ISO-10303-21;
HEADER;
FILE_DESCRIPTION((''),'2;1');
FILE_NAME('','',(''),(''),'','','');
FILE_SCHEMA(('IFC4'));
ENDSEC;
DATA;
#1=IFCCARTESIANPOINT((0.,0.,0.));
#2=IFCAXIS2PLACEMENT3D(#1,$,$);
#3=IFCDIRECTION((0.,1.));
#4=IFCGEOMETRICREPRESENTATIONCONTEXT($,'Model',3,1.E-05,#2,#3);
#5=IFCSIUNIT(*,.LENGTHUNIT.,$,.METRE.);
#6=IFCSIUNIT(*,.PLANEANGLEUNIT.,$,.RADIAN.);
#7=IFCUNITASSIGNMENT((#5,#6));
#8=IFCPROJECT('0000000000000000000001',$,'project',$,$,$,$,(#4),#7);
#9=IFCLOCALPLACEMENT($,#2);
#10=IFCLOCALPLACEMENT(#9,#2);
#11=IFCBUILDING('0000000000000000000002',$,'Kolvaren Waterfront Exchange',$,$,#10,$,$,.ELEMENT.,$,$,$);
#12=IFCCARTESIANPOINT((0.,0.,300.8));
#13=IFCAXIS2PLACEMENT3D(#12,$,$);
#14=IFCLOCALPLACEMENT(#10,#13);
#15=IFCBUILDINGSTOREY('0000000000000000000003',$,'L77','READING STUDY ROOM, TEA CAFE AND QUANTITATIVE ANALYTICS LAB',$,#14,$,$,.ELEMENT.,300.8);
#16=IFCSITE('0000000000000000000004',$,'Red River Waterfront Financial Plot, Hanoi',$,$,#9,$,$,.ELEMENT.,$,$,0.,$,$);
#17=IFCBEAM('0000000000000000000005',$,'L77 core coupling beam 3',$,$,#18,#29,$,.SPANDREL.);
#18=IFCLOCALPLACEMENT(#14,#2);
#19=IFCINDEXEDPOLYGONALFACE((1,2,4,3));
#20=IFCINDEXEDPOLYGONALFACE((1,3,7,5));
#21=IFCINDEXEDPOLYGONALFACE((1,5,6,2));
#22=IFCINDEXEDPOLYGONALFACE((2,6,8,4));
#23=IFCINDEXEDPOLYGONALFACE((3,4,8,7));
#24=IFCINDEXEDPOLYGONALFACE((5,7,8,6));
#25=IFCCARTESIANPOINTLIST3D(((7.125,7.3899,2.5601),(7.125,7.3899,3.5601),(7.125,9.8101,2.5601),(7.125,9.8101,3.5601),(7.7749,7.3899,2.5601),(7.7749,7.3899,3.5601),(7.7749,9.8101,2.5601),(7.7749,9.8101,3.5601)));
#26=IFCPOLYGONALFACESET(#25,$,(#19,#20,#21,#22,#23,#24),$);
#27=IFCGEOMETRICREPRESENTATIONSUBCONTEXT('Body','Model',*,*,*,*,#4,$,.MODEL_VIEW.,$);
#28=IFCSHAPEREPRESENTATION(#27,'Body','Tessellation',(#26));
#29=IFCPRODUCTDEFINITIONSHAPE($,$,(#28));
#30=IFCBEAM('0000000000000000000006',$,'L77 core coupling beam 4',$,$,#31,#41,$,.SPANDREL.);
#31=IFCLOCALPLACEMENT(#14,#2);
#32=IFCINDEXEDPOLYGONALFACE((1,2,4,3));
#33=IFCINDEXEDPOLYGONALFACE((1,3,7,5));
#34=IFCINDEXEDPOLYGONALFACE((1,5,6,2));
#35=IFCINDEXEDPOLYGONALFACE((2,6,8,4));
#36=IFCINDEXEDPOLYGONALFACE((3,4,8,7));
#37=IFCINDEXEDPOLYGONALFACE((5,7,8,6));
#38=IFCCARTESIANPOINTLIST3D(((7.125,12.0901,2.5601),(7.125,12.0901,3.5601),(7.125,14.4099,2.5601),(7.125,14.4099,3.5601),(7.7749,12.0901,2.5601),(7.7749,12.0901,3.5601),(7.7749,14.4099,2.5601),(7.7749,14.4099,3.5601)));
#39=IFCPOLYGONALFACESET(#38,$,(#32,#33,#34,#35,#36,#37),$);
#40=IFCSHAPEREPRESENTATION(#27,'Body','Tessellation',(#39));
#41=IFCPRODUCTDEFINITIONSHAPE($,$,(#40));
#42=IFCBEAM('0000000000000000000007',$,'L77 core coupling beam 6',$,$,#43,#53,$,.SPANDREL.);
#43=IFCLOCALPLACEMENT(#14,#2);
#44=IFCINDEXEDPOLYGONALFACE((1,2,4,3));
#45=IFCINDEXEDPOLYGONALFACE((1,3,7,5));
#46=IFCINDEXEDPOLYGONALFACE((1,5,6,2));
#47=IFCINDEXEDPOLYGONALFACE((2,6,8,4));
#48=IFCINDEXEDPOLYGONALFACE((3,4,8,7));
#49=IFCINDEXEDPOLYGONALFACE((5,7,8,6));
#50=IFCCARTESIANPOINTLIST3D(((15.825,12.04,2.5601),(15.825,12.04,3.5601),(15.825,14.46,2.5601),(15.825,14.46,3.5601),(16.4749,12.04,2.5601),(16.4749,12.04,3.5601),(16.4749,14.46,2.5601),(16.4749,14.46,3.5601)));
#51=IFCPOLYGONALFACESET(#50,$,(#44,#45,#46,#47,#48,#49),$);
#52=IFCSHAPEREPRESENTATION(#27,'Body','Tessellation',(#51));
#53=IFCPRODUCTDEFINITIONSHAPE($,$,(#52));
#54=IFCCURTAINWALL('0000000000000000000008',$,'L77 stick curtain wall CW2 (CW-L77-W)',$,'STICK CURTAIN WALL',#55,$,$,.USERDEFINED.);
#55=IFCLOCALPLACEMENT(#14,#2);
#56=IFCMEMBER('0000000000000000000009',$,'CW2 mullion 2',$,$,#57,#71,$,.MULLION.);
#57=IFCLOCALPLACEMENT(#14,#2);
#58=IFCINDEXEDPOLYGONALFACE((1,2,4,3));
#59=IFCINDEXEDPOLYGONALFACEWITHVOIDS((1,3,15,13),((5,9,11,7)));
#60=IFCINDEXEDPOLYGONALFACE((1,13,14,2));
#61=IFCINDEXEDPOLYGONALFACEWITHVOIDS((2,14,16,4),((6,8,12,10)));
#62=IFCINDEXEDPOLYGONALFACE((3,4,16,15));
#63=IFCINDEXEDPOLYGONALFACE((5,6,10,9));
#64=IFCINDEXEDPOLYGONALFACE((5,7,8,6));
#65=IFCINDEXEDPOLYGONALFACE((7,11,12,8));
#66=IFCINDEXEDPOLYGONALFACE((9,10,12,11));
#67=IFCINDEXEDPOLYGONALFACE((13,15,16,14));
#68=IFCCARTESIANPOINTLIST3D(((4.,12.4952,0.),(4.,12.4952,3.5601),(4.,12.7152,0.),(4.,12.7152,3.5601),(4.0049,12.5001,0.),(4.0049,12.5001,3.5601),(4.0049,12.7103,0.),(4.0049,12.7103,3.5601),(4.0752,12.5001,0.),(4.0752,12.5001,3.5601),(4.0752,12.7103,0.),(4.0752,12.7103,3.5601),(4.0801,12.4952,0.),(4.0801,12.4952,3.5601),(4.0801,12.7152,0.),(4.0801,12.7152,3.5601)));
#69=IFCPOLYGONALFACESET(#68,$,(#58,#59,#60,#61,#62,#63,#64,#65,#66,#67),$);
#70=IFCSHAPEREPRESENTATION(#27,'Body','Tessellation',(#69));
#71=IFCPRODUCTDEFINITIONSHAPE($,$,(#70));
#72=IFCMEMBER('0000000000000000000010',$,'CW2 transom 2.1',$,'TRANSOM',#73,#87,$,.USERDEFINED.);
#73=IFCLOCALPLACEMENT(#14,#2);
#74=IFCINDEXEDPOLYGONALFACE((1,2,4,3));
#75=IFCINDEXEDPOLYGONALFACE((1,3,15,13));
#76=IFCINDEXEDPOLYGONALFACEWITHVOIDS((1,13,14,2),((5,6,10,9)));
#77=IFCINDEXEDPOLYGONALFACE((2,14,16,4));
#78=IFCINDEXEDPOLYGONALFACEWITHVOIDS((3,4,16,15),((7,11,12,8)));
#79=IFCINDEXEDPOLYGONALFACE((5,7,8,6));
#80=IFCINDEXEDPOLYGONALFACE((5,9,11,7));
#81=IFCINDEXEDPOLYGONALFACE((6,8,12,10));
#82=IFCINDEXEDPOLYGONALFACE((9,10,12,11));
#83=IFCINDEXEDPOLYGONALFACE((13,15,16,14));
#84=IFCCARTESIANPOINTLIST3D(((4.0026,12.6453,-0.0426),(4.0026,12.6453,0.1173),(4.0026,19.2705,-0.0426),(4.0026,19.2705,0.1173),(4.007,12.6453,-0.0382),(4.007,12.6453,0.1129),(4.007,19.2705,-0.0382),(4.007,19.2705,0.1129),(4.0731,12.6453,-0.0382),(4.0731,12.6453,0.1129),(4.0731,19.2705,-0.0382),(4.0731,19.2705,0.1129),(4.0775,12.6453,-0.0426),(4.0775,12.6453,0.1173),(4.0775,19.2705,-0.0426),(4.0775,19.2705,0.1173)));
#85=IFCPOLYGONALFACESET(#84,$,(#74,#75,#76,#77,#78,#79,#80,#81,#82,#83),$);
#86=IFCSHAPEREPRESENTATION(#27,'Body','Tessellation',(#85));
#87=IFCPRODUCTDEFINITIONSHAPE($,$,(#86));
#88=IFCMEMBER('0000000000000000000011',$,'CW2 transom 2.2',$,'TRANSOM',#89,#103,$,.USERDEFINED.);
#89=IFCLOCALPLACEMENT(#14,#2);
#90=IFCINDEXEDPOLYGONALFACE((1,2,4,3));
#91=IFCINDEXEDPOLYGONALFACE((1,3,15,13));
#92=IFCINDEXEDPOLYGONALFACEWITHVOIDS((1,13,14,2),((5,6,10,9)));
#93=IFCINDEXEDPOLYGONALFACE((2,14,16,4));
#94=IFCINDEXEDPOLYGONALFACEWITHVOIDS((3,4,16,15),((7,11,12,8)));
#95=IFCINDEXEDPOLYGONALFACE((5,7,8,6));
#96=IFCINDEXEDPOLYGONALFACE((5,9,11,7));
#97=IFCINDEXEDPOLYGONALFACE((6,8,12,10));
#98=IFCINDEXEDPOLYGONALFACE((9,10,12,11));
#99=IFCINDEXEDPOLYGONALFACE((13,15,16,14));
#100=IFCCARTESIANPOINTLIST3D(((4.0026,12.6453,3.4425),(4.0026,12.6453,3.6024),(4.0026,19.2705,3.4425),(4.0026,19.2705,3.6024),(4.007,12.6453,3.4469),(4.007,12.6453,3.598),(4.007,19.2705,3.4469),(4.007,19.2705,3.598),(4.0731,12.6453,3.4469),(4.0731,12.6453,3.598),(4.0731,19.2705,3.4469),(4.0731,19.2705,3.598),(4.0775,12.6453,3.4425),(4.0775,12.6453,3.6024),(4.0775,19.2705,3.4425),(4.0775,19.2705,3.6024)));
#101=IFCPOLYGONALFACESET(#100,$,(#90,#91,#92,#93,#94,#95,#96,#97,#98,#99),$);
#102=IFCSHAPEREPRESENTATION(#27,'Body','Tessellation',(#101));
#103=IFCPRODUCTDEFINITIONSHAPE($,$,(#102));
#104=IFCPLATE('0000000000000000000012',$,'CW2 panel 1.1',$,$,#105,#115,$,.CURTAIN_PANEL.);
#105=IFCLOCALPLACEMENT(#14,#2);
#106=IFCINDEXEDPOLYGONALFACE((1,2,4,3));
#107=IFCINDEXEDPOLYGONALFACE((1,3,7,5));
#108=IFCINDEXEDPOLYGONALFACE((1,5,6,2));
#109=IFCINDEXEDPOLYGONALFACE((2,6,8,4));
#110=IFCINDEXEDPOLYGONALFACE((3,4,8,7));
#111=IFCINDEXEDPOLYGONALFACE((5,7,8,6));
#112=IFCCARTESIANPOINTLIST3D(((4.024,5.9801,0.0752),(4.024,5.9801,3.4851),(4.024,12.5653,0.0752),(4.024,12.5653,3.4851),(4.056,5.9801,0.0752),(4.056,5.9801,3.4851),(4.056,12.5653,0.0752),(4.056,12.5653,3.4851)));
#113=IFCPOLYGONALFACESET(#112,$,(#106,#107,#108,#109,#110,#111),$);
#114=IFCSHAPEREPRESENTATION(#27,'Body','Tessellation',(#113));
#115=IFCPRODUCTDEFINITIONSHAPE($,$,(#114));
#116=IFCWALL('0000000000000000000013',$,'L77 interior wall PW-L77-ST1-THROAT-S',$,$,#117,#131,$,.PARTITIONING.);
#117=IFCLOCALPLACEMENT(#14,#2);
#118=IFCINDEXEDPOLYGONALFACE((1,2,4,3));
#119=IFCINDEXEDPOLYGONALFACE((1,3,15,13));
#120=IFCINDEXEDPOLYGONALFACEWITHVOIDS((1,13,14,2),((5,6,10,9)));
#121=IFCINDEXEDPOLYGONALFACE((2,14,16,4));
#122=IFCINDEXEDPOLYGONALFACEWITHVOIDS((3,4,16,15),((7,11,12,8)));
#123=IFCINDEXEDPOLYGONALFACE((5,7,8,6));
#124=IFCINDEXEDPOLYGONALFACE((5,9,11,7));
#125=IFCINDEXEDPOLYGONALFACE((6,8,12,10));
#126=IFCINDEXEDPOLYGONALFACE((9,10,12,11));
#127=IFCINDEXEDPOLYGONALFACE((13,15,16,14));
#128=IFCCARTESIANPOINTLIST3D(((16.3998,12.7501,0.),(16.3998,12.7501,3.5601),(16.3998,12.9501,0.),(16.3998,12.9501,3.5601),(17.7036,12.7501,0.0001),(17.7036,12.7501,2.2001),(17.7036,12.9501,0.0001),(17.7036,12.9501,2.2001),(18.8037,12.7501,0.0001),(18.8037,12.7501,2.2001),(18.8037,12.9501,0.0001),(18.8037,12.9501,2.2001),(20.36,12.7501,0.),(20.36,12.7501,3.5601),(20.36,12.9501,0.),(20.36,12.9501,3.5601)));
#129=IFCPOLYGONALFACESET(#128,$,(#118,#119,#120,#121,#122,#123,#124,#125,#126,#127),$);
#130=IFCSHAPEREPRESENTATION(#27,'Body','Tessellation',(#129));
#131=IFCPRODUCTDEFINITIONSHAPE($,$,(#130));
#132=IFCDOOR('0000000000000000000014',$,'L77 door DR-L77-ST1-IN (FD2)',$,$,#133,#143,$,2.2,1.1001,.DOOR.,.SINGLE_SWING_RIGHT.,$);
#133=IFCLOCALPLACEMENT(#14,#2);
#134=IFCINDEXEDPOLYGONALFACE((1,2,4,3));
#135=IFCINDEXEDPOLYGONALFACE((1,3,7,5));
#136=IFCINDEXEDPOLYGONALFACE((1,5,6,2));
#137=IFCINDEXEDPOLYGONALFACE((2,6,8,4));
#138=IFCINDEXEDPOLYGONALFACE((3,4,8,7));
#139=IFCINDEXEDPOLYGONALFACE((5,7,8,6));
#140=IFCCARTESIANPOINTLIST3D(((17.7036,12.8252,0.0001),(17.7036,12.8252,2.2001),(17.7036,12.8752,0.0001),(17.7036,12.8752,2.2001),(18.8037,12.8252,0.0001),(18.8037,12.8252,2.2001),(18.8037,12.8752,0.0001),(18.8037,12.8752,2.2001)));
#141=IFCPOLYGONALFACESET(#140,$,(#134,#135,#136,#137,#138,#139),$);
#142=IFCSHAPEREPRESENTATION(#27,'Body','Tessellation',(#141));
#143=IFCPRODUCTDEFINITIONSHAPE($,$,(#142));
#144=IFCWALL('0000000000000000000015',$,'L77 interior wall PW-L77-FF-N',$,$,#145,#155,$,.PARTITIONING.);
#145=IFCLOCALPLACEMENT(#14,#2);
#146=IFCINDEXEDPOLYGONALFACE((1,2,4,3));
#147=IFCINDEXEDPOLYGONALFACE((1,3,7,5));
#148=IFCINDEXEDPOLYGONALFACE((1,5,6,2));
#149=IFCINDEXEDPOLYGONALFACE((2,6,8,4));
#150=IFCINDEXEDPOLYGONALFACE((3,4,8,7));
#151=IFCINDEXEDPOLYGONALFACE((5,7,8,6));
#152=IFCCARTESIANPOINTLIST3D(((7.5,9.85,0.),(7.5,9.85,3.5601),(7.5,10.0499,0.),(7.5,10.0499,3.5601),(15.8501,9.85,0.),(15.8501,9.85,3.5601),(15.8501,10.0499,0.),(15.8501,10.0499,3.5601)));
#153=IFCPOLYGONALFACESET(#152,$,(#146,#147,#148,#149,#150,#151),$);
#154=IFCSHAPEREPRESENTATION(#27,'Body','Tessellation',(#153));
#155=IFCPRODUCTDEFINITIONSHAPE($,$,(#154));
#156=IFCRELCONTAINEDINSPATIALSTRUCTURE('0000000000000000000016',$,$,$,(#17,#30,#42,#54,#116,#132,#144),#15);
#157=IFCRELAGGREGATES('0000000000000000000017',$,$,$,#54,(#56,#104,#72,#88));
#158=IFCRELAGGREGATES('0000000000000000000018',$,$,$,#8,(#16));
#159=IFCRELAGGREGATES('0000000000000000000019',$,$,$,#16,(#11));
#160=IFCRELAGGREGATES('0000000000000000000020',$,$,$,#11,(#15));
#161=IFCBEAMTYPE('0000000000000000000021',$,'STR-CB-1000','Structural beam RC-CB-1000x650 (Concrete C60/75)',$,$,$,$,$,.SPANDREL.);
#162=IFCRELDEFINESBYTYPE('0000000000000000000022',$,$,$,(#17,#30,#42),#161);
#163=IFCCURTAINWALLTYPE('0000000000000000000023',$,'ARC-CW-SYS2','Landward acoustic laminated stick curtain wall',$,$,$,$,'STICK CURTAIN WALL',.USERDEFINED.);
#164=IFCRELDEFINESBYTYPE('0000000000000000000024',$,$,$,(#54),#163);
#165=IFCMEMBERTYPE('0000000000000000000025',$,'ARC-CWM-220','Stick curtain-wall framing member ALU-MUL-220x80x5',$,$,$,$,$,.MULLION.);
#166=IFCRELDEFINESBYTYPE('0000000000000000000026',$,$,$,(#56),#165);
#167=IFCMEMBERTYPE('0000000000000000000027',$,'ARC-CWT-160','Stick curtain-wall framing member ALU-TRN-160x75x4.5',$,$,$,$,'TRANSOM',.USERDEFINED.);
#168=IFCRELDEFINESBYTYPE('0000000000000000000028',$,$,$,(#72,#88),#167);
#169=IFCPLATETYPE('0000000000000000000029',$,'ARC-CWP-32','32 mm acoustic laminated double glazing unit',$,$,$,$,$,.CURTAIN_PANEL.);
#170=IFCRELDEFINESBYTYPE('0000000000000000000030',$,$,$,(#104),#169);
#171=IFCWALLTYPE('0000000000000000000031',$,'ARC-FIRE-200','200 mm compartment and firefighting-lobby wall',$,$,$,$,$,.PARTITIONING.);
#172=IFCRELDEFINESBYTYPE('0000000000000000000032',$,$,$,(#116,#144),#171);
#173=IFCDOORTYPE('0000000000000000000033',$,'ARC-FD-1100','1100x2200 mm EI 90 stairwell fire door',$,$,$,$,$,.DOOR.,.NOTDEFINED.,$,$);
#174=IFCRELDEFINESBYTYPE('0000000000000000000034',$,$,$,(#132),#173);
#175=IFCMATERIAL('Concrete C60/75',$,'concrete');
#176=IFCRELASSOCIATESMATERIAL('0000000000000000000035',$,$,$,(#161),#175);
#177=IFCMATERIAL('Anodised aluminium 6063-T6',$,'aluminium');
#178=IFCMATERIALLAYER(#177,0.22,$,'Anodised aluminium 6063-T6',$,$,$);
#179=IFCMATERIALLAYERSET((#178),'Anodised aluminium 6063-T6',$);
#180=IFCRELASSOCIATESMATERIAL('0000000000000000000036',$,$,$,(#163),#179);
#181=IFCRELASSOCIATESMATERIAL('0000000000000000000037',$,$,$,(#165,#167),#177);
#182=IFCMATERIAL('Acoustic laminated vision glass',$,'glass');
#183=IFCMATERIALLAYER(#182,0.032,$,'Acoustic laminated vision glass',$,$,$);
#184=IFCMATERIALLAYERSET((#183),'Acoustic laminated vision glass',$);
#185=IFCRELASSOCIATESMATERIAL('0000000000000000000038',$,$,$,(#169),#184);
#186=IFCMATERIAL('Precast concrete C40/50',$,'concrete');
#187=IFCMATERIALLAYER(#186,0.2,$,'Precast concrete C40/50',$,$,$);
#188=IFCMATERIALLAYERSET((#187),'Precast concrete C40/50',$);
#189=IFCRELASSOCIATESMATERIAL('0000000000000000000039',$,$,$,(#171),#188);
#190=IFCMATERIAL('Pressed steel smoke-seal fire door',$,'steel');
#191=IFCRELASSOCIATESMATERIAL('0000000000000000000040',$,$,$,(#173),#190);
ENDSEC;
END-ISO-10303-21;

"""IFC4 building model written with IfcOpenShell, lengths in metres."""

from ifc_helpers import new_model, si_unit, direction, frame, frame_2d, origin, origin_with_axes, origin_2d, place, context, subcontext, project, spatial, rectangle, hollow_rectangle, extrude, source, transform, mapped, material, layer, layer_set, material_profile, profile_set, type_object, element, fill, aggregate, save


model = new_model("IFC4")

# Units and contexts
model_context = context("Model", 3, precision=1e-05, world=origin(), true_north=direction((0.0, 1.0)))
body_context = subcontext(model_context, "Body", "Model", "MODEL_VIEW")
ifc_project = project(units=[si_unit("LENGTHUNIT", "METRE"), si_unit("PLANEANGLEUNIT", "RADIAN")], contexts=[model_context])

# Site, building, storey
site_placement = place(None, origin())
site = spatial("IfcSite", under=ifc_project, at=site_placement, Name="Red River Waterfront Financial Plot, Hanoi", CompositionType="ELEMENT", RefElevation=0.0)
building_placement = place(site_placement, origin())
building = spatial("IfcBuilding", under=site, at=building_placement, Name="Kolvaren Waterfront Exchange", CompositionType="ELEMENT")
storey_placement = place(building_placement, frame((0.0, 0.0, 300.8)))
storey = spatial("IfcBuildingStorey", under=building, at=storey_placement, Name="L77", Description="READING STUDY ROOM, TEA CAFE AND QUANTITATIVE ANALYTICS LAB", CompositionType="ELEMENT", Elevation=300.8)

# Beams
ifc_material_1 = material(Name="Concrete C60/75", Category="concrete")
ifc_material_profile_1 = material_profile(ifc_material_1, rectangle(XDim=0.6499, YDim=1.0, at=origin_2d()), Name="RC-CB-1000x650")
ifc_profile_set_1 = profile_set([ifc_material_profile_1], Name="Concrete C60/75")
beam_type = type_object("IfcBeamType", Name="STR-CB-1000", Description="Structural beam RC-CB-1000x650 (Concrete C60/75)", PredefinedType="SPANDREL", material=ifc_profile_set_1)
beam_1_placement = place(storey_placement, frame((7.45, 7.3899, 3.0601), z_axis=(0.0, 1.0, 0.0), x_axis=(-1.0, 0.0, 0.0)))
element("IfcBeam", 1, at=beam_1_placement, inside=storey, type_object=beam_type, Name="L77 core coupling beam 3", PredefinedType="SPANDREL", context=body_context, shape_type="SweptSolid", body=[
    extrude(rectangle(XDim=0.6499, YDim=1.0, at=origin_2d()), origin(), (0.0, 0.0, 1.0), 2.4202),
])
beam_2_placement = place(storey_placement, frame((7.45, 12.0901, 3.0601), z_axis=(0.0, 1.0, 0.0), x_axis=(-1.0, 0.0, 0.0)))
element("IfcBeam", 2, at=beam_2_placement, inside=storey, type_object=beam_type, Name="L77 core coupling beam 4", PredefinedType="SPANDREL", context=body_context, shape_type="SweptSolid", body=[
    extrude(rectangle(XDim=0.6499, YDim=1.0, at=origin_2d()), origin(), (0.0, 0.0, 1.0), 2.3198),
])
beam_3_placement = place(storey_placement, frame((16.1499, 12.04, 3.0601), z_axis=(0.0, 1.0, 0.0), x_axis=(-1.0, 0.0, 0.0)))
element("IfcBeam", 3, at=beam_3_placement, inside=storey, type_object=beam_type, Name="L77 core coupling beam 6", PredefinedType="SPANDREL", context=body_context, shape_type="SweptSolid", body=[
    extrude(rectangle(XDim=0.6499, YDim=1.0, at=origin_2d()), origin(), (0.0, 0.0, 1.0), 2.4199),
])

# Curtain wall, members, plate
ifc_material_2 = material(Name="Anodised aluminium 6063-T6", Category="aluminium")
ifc_layer_1 = layer(ifc_material_2, 0.22, Name="Anodised aluminium 6063-T6")
ifc_layer_set_1 = layer_set([ifc_layer_1], Name="Anodised aluminium 6063-T6")
curtain_wall_type = type_object("IfcCurtainWallType", Name="ARC-CW-SYS2", Description="Landward acoustic laminated stick curtain wall", ElementType="STICK CURTAIN WALL", PredefinedType="USERDEFINED", material=ifc_layer_set_1)
curtain_wall_placement = place(storey_placement, origin())
curtain_wall = element("IfcCurtainWall", 4, at=curtain_wall_placement, inside=storey, type_object=curtain_wall_type, Name="L77 stick curtain wall CW2 (CW-L77-W)", ObjectType="STICK CURTAIN WALL", PredefinedType="USERDEFINED")
ifc_material_profile_2 = material_profile(ifc_material_2, hollow_rectangle(XDim=0.0801, YDim=0.22, WallThickness=0.0049, at=origin_2d()), Name="ALU-MUL-220x80x5")
ifc_profile_set_2 = profile_set([ifc_material_profile_2], Name="Anodised aluminium 6063-T6")
member_type_1 = type_object("IfcMemberType", Name="ARC-CWM-220", Description="Stick curtain-wall framing member ALU-MUL-220x80x5", PredefinedType="MULLION", material=ifc_profile_set_2)
shared_shape_1 = source(origin_with_axes(), body_context, "Body", "SweptSolid", [
    extrude(hollow_rectangle(XDim=0.0801, YDim=0.22, WallThickness=0.0049, at=origin_2d()), origin(), (0.0, 0.0, 1.0), 3.5601),
])
member_1_placement = place(storey_placement, frame((4.04, 12.6052, 0.0), z_axis=(0.0, 0.0, 1.0), x_axis=(-1.0, 0.0, 0.0)))
member_1 = element("IfcMember", 5, at=member_1_placement, type_object=member_type_1, Name="CW2 mullion 2", PredefinedType="MULLION", context=body_context, shape_type="MappedRepresentation", body=[
    mapped(shared_shape_1, transform((0.0, 0.0, 0.0), x_axis=(1.0, 0.0, 0.0), y_axis=(0.0, 1.0, 0.0), z_axis=(0.0, 0.0, 1.0), scale=1.0)),
])
ifc_material_profile_3 = material_profile(ifc_material_2, hollow_rectangle(XDim=0.075, YDim=0.1599, WallThickness=0.0044, at=origin_2d()), Name="ALU-TRN-160x75x4.5")
ifc_profile_set_3 = profile_set([ifc_material_profile_3], Name="Anodised aluminium 6063-T6")
member_type_2 = type_object("IfcMemberType", Name="ARC-CWT-160", Description="Stick curtain-wall framing member ALU-TRN-160x75x4.5", ElementType="TRANSOM", PredefinedType="USERDEFINED", material=ifc_profile_set_3)
shared_shape_2 = source(origin_with_axes(), body_context, "Body", "SweptSolid", [
    extrude(hollow_rectangle(XDim=0.075, YDim=0.1599, WallThickness=0.0044, at=origin_2d()), origin(), (0.0, 0.0, 1.0), 6.6252),
])
member_2_placement = place(storey_placement, frame((4.04, 12.6453, 0.0374), z_axis=(0.0, 1.0, 0.0), x_axis=(-1.0, 0.0, 0.0)))
member_2 = element("IfcMember", 6, at=member_2_placement, type_object=member_type_2, Name="CW2 transom 2.1", ObjectType="TRANSOM", PredefinedType="USERDEFINED", context=body_context, shape_type="MappedRepresentation", body=[
    mapped(shared_shape_2, transform((0.0, 0.0, 0.0), x_axis=(1.0, 0.0, 0.0), y_axis=(0.0, 1.0, 0.0), z_axis=(0.0, 0.0, 1.0), scale=1.0)),
])
member_3_placement = place(storey_placement, frame((4.04, 12.6453, 3.5225), z_axis=(0.0, 1.0, 0.0), x_axis=(-1.0, 0.0, 0.0)))
member_3 = element("IfcMember", 7, at=member_3_placement, type_object=member_type_2, Name="CW2 transom 2.2", ObjectType="TRANSOM", PredefinedType="USERDEFINED", context=body_context, shape_type="MappedRepresentation", body=[
    mapped(shared_shape_2, transform((0.0, 0.0, 0.0), x_axis=(1.0, 0.0, 0.0), y_axis=(0.0, 1.0, 0.0), z_axis=(0.0, 0.0, 1.0), scale=1.0)),
])
ifc_material_3 = material(Name="Acoustic laminated vision glass", Category="glass")
ifc_layer_2 = layer(ifc_material_3, 0.032, Name="Acoustic laminated vision glass")
ifc_layer_set_2 = layer_set([ifc_layer_2], Name="Acoustic laminated vision glass")
plate_type = type_object("IfcPlateType", Name="ARC-CWP-32", Description="32 mm acoustic laminated double glazing unit", PredefinedType="CURTAIN_PANEL", material=ifc_layer_set_2)
shared_shape_3 = source(origin_with_axes(), body_context, "Body", "SweptSolid", [
    extrude(rectangle(XDim=6.5852, YDim=0.032, at=origin_2d()), origin(), (0.0, 0.0, 1.0), 3.4099),
])
plate_placement = place(storey_placement, frame((4.04, 9.2727, 0.0752), z_axis=(0.0, 0.0, 1.0), x_axis=(0.0, 1.0, 0.0)))
plate = element("IfcPlate", 8, at=plate_placement, type_object=plate_type, Name="CW2 panel 1.1", PredefinedType="CURTAIN_PANEL", context=body_context, shape_type="MappedRepresentation", body=[
    mapped(shared_shape_3, transform((0.0, 0.0, 0.0), x_axis=(1.0, 0.0, 0.0), y_axis=(0.0, 1.0, 0.0), z_axis=(0.0, 0.0, 1.0), scale=1.0)),
])
aggregate(curtain_wall, [member_1, plate, member_2, member_3])

# Wall, opening, door
ifc_material_4 = material(Name="Precast concrete C40/50", Category="concrete")
ifc_layer_3 = layer(ifc_material_4, 0.2, Name="Precast concrete C40/50")
ifc_layer_set_3 = layer_set([ifc_layer_3], Name="Precast concrete C40/50")
wall_type_1 = type_object("IfcWallType", Name="ARC-FIRE-200", Description="200 mm compartment and firefighting-lobby wall", PredefinedType="PARTITIONING", material=ifc_layer_set_3)
wall_1_placement = place(storey_placement, frame((16.3999, 12.8501, 0.0), z_axis=(0.0, 0.0, 1.0), x_axis=(1.0, 0.0, 0.0)))
wall_1 = element("IfcWall", 9, at=wall_1_placement, inside=storey, type_object=wall_type_1, Name="L77 interior wall PW-L77-ST1-THROAT-S", PredefinedType="PARTITIONING", context=body_context, shape_type="SweptSolid", body=[
    extrude(rectangle(XDim=3.9602, YDim=0.2, at=frame_2d((1.98, 0.0))), origin(), (0.0, 0.0, 1.0), 3.5601),
])
opening_1_placement = place(wall_1_placement, frame((1.3037, 0.0, 0.0)))
opening_1 = element("IfcOpeningElement", 10, at=opening_1_placement, cuts=wall_1, PredefinedType="OPENING", context=body_context, shape_type="SweptSolid", body=[
    extrude(rectangle(XDim=1.1001, YDim=2.2, at=frame_2d((0.55, 1.1001))), frame((0.0, 0.1099, 0.0), z_axis=(0.0, -1.0, 0.0), x_axis=(1.0, 0.0, 0.0)), (0.0, 0.0, 1.0), 0.22),
])
ifc_material_5 = material(Name="Pressed steel smoke-seal fire door", Category="steel")
door_type_1 = type_object("IfcDoorType", Name="ARC-FD-1100", Description="1100x2200 mm EI 90 stairwell fire door", OperationType="NOTDEFINED", PredefinedType="DOOR", material=ifc_material_5)
door_1_placement = place(opening_1_placement, frame((1.1001, 0.0, 0.0), z_axis=(0.0, 0.0, 1.0), x_axis=(-1.0, 0.0, 0.0)))
door_1 = element("IfcDoor", 11, at=door_1_placement, inside=storey, type_object=door_type_1, Name="L77 door DR-L77-ST1-IN (FD2)", OperationType="SINGLE_SWING_RIGHT", OverallHeight=2.2, OverallWidth=1.1001, PredefinedType="DOOR", context=body_context, shape_type="SweptSolid", body=[
    extrude(rectangle(XDim=1.1001, YDim=2.2, at=frame_2d((0.55, 1.1001))), frame((0.0, 0.0249, 0.0), z_axis=(0.0, -1.0, 0.0), x_axis=(1.0, 0.0, 0.0)), (0.0, 0.0, 1.0), 0.05),
])
fill(opening_1, door_1)

# Wall
wall_2_placement = place(storey_placement, frame((7.5, 9.95, 0.0), z_axis=(0.0, 0.0, 1.0), x_axis=(1.0, 0.0, 0.0)))
element("IfcWall", 12, at=wall_2_placement, inside=storey, type_object=wall_type_1, Name="L77 interior wall PW-L77-FF-N", PredefinedType="PARTITIONING", context=body_context, shape_type="SweptSolid", body=[
    extrude(rectangle(XDim=8.3501, YDim=0.2, at=frame_2d((4.175, 0.0))), origin(), (0.0, 0.0, 1.0), 3.5601),
])

save(model, "model.ifc")
